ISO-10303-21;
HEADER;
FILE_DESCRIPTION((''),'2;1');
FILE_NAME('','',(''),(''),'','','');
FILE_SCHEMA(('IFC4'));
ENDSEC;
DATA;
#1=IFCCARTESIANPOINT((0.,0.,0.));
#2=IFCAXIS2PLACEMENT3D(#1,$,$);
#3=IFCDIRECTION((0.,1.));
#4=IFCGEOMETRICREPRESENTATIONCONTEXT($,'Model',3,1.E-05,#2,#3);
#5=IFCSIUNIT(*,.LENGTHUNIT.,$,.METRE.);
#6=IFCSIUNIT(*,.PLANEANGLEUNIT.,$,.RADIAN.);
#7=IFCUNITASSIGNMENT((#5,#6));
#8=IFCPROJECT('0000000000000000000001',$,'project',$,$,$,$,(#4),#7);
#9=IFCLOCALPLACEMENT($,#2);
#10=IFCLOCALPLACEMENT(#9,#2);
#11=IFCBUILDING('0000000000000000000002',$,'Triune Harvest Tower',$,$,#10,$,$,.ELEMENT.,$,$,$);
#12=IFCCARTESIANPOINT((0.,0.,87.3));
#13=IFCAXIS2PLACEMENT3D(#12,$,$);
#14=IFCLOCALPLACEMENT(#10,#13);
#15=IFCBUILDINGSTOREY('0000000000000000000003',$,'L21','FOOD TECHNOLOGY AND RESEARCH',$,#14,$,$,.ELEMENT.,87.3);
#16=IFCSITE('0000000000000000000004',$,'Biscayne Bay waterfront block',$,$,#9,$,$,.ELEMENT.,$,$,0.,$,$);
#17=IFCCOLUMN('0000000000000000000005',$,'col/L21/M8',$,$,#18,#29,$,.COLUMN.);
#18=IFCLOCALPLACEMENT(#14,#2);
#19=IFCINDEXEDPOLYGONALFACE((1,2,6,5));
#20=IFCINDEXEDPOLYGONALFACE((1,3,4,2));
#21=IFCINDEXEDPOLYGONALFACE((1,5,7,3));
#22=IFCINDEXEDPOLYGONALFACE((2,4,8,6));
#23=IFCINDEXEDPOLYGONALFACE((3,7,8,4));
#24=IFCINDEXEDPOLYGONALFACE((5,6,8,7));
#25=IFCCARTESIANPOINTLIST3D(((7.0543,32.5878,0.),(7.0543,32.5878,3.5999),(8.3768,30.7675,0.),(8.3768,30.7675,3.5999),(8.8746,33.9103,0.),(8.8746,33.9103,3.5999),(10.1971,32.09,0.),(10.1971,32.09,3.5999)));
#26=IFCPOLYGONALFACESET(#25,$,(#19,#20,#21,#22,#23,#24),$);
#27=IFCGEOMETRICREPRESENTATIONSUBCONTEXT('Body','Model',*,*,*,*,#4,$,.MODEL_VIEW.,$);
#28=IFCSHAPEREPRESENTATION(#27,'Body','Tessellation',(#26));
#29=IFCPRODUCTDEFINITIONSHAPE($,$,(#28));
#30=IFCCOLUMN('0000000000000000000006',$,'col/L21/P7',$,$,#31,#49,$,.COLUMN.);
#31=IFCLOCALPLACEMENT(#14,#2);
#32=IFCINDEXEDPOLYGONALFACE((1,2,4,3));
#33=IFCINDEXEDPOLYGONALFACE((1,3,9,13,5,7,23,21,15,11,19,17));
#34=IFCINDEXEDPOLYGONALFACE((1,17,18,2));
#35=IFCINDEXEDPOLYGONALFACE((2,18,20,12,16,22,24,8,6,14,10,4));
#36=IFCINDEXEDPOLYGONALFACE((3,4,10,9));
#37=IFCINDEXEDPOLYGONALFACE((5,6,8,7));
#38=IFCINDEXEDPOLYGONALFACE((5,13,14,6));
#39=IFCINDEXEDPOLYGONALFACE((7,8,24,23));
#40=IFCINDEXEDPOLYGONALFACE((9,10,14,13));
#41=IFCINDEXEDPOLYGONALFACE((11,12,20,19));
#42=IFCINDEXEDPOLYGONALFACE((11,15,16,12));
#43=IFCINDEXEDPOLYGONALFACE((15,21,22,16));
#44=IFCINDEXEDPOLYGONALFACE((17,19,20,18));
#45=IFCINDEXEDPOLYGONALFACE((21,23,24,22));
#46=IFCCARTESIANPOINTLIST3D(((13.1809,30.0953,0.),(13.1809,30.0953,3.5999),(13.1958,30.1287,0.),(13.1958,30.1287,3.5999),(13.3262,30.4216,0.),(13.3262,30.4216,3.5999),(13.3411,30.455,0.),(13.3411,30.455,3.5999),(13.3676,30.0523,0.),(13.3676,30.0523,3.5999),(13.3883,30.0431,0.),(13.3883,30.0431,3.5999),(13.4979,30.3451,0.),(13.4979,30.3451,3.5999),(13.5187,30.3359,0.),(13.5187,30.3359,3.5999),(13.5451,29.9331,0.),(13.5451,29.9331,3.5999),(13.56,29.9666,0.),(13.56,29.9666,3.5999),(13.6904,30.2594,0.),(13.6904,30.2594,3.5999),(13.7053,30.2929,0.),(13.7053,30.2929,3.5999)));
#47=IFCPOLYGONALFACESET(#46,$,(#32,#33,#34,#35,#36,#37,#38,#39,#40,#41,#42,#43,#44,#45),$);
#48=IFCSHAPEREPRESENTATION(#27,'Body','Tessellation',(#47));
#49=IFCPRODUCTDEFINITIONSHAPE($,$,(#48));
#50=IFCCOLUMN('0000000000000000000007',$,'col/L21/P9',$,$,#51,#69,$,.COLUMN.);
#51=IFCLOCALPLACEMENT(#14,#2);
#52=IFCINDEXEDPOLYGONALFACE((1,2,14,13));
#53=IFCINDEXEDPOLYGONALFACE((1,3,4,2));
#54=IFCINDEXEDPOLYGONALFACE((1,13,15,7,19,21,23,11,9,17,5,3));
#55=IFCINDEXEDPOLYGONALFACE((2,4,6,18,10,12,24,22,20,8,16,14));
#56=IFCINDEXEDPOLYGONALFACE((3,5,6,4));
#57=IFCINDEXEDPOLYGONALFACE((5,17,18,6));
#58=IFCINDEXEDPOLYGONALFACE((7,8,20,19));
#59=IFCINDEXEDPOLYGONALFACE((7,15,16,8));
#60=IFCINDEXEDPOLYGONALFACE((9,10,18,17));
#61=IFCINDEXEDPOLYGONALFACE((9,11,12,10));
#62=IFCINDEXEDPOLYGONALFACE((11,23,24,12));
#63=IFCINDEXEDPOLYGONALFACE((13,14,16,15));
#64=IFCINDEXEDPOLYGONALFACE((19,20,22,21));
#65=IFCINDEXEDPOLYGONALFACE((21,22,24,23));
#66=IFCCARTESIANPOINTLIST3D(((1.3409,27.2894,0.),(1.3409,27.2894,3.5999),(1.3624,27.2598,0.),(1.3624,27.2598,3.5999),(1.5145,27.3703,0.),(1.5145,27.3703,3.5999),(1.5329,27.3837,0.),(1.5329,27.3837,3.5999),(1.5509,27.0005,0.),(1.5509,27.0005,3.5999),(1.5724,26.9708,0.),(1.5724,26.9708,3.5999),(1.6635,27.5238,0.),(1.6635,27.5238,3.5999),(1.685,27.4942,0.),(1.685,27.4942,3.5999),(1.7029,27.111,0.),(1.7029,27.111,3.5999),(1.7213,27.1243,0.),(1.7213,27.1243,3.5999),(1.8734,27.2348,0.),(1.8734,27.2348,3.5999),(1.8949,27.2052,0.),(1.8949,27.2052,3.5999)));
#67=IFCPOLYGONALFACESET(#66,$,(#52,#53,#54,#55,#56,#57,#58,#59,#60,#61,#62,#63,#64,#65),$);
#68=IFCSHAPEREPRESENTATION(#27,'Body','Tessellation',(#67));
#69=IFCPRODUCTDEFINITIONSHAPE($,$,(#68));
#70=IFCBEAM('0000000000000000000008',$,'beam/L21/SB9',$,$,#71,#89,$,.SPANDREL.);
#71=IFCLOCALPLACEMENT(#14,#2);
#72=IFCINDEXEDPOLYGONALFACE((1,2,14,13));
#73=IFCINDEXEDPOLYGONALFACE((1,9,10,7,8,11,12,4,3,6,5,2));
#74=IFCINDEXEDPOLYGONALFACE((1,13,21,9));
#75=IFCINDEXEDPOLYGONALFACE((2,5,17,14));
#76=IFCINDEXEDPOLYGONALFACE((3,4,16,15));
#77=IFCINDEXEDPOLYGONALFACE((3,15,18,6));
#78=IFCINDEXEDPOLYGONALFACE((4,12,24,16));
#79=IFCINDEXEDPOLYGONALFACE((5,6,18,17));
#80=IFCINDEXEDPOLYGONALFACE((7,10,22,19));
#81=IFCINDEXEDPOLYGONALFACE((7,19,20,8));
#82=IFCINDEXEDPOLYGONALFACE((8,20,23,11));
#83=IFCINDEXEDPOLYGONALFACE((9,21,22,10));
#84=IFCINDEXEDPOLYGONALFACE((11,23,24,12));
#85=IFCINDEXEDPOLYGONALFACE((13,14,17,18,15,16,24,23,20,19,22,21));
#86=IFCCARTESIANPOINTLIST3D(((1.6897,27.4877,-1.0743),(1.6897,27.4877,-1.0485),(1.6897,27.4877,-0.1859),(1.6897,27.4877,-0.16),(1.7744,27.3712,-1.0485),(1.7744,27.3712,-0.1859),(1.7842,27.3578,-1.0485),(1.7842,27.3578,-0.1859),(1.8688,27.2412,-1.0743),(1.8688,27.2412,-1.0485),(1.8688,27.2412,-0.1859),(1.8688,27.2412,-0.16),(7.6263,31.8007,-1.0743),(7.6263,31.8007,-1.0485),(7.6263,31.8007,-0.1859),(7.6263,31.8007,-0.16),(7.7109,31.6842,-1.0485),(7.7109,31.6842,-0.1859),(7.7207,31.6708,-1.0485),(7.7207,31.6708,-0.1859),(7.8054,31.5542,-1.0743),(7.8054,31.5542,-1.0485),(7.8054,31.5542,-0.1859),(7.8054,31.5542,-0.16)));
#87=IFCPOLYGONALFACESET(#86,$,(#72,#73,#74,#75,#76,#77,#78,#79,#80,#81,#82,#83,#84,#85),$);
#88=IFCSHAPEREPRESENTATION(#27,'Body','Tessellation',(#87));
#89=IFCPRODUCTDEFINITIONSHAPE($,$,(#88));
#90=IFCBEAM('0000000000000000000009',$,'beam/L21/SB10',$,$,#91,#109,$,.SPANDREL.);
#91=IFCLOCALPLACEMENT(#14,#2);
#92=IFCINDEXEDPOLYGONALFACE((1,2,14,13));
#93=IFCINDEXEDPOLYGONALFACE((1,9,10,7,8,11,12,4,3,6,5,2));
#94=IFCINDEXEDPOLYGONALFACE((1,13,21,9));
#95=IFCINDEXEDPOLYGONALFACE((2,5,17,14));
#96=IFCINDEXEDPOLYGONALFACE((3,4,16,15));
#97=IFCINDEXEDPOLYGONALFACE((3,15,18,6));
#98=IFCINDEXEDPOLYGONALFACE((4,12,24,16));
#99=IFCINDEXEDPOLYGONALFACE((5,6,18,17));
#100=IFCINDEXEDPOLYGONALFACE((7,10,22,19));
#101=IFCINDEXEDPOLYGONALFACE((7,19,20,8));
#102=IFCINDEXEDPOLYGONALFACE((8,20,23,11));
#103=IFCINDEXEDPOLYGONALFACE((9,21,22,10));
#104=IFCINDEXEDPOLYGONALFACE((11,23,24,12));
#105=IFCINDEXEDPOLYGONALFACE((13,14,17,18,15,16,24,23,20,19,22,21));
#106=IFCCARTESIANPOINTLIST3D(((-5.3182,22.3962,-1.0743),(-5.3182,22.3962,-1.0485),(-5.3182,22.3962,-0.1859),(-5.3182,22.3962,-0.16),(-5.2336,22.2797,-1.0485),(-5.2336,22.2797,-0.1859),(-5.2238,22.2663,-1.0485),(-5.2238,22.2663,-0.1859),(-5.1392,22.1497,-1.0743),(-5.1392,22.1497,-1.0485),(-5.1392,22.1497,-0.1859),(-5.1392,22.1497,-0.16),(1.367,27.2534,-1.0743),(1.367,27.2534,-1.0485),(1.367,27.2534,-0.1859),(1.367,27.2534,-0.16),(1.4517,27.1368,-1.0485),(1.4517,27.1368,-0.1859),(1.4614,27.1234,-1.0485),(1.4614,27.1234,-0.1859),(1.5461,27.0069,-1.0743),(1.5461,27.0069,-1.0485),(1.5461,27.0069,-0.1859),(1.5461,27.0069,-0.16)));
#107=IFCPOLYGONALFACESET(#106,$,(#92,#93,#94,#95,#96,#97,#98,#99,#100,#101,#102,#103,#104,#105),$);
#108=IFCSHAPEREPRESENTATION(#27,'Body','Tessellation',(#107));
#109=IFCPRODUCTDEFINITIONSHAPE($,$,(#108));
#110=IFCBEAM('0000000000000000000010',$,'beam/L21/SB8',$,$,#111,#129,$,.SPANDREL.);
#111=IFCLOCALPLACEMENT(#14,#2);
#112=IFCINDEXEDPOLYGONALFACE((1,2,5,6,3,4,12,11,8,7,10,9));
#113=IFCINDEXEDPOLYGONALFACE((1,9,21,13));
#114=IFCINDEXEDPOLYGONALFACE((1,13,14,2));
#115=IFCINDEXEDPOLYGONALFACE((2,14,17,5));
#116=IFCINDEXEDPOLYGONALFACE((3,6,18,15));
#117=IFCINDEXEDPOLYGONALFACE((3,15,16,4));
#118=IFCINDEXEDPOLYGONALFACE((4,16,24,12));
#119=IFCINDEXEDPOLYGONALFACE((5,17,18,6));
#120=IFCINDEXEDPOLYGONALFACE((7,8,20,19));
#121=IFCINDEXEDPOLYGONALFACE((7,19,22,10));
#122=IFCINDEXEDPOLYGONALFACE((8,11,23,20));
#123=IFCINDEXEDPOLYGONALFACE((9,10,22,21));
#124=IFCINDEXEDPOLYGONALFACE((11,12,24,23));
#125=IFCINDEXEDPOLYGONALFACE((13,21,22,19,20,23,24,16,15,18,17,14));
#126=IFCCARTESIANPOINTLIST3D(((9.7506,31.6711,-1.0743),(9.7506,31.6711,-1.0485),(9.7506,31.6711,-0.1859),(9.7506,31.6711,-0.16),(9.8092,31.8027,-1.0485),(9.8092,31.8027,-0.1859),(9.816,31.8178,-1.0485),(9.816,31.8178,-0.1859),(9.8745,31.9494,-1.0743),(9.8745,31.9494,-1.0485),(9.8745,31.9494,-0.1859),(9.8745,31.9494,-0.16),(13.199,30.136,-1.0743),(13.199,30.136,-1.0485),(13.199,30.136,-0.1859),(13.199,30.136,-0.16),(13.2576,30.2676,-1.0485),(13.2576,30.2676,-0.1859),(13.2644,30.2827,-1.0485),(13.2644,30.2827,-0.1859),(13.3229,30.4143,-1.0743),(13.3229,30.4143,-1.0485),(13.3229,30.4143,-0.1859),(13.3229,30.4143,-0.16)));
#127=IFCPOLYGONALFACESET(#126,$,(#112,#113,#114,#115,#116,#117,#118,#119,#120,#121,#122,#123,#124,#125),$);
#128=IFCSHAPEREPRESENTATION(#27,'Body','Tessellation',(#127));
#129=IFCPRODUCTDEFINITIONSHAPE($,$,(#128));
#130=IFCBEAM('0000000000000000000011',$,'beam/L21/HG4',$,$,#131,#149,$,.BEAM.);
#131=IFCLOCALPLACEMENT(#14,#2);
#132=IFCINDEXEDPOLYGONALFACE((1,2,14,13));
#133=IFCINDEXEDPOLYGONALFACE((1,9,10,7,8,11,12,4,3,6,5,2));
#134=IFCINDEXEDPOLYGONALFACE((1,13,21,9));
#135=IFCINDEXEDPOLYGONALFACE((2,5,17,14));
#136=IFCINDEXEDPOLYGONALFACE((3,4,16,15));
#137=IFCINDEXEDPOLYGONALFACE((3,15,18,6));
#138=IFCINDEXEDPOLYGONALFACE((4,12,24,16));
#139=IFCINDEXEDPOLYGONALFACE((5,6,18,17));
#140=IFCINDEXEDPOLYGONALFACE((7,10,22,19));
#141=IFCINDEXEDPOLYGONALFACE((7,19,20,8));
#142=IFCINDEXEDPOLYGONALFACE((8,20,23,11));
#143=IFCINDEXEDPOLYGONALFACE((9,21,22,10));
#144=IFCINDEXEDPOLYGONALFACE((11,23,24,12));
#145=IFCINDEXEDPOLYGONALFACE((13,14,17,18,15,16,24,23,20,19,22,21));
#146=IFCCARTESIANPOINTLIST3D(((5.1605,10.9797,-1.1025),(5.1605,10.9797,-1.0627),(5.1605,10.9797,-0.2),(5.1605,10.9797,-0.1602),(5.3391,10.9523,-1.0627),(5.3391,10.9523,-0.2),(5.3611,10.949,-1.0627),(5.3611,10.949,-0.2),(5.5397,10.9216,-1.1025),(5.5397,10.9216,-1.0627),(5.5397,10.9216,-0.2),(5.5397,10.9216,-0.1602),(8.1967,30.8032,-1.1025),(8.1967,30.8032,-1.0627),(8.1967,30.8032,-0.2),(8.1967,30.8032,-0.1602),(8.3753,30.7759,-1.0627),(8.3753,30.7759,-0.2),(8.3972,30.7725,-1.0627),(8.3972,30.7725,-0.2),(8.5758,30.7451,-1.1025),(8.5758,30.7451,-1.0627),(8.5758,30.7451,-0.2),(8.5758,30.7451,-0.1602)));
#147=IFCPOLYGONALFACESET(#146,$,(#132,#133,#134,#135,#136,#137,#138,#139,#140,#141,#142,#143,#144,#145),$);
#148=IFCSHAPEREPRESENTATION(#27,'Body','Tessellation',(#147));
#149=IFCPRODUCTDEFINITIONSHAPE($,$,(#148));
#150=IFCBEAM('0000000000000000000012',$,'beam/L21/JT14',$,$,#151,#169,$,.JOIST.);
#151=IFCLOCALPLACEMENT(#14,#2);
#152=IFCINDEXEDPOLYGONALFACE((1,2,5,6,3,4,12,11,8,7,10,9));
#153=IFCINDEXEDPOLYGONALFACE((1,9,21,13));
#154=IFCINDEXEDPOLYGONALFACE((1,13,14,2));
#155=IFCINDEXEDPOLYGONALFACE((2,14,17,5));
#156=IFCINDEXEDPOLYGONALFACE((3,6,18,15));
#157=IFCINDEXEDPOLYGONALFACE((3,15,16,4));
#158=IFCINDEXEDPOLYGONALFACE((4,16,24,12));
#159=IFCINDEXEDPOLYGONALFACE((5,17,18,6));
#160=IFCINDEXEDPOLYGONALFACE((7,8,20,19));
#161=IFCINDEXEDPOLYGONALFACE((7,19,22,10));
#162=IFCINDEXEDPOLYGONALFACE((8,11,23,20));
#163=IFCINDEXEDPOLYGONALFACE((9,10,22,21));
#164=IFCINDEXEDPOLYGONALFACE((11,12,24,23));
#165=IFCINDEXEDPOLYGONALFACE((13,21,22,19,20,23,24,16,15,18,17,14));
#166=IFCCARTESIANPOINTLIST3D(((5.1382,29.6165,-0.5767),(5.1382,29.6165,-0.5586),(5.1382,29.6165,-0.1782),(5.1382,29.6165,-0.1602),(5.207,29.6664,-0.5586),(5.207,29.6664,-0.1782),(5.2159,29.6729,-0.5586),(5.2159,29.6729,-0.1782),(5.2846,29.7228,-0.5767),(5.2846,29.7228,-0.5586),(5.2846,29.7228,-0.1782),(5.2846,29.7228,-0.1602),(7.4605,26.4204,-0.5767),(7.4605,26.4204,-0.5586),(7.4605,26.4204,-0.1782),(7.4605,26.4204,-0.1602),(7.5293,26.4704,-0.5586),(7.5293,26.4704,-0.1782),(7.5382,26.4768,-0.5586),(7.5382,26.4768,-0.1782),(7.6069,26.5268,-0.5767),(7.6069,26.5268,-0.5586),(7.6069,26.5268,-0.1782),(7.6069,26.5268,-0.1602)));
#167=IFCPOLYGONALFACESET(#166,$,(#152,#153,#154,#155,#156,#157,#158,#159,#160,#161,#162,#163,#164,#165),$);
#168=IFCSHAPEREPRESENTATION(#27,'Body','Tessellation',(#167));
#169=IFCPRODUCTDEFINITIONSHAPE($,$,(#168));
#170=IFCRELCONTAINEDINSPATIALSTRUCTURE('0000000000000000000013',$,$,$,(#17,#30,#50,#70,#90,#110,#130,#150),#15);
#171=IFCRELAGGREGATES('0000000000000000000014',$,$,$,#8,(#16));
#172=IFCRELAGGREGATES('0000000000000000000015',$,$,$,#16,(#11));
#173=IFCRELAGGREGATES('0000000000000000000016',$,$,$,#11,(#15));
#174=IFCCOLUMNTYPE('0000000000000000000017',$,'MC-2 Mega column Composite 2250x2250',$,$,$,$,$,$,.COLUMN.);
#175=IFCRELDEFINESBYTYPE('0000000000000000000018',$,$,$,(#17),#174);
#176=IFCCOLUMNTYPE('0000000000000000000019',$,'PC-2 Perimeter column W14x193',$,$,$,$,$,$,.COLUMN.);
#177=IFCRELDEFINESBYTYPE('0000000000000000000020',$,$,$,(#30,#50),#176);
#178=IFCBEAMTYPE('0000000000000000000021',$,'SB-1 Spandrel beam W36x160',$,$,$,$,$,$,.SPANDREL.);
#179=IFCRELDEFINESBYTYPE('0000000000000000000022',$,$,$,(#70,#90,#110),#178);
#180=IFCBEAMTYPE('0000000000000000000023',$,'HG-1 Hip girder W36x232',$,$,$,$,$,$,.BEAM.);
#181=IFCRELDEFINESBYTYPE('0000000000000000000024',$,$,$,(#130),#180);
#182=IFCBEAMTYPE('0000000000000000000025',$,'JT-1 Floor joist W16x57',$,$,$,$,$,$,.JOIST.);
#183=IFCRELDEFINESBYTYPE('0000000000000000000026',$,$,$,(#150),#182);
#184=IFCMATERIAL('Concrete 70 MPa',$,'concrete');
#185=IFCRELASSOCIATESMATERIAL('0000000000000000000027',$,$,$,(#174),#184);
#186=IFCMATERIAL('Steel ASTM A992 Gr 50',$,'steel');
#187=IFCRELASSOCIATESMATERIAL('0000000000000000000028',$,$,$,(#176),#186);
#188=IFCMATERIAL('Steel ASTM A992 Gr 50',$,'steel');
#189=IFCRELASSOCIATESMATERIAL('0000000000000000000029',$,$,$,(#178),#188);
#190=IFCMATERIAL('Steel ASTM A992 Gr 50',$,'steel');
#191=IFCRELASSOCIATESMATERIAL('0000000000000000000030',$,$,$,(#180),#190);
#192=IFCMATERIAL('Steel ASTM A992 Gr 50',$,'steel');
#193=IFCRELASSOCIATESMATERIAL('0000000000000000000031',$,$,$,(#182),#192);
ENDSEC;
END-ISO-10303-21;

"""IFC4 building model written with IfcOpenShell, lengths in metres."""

from ifc_helpers import new_model, si_unit, direction, frame, origin, origin_2d, place, context, subcontext, project, spatial, rectangle, i_section, extrude, source, transform, mapped, material, material_profile, profile_set, type_object, element, save


model = new_model("IFC4")

# Units and contexts
model_context = context("Model", 3, precision=1e-05, world=origin(), true_north=direction((0.0, 1.0)))
body_context = subcontext(model_context, "Body", "Model", "MODEL_VIEW")
ifc_project = project(units=[si_unit("LENGTHUNIT", "METRE"), si_unit("PLANEANGLEUNIT", "RADIAN")], contexts=[model_context])

# Site, building, storey
site_placement = place(None, origin())
site = spatial("IfcSite", under=ifc_project, at=site_placement, Name="Biscayne Bay waterfront block", CompositionType="ELEMENT", RefElevation=0.0)
building_placement = place(site_placement, origin())
building = spatial("IfcBuilding", under=site, at=building_placement, Name="Triune Harvest Tower", CompositionType="ELEMENT")
storey_placement = place(building_placement, frame((0.0, 0.0, 87.3)))
storey = spatial("IfcBuildingStorey", under=building, at=storey_placement, Name="L21", Description="FOOD TECHNOLOGY AND RESEARCH", CompositionType="ELEMENT", Elevation=87.3)

# Columns
ifc_material_1 = material(Name="Concrete 70 MPa", Category="concrete")
ifc_material_profile_1 = material_profile(ifc_material_1, rectangle(XDim=2.25, YDim=2.25, at=origin_2d()), Name="Composite 2250x2250")
ifc_profile_set_1 = profile_set([ifc_material_profile_1], Name="Concrete 70 MPa")
column_type_1 = type_object("IfcColumnType", Name="MC-2 Mega column Composite 2250x2250", PredefinedType="COLUMN", material=ifc_profile_set_1)
shared_shape_1 = source(origin(), body_context, "Body", "SweptSolid", [
    extrude(rectangle(XDim=2.25, YDim=2.25, at=origin_2d()), origin(), (0.0, 0.0, 1.0), 3.5999),
])
column_placement = place(storey_placement, frame((8.6257, 32.3389, 0.0), z_axis=(0.0, 0.0, 1.0), x_axis=(-0.809017, -0.587785, 0.0)))
element("IfcColumn", 1, at=column_placement, inside=storey, type_object=column_type_1, Name="col/L21/M8", PredefinedType="COLUMN", context=body_context, shape_type="MappedRepresentation", body=[
    mapped(shared_shape_1, transform((0.0, 0.0, 0.0), scale=1.0)),
])
ifc_material_2 = material(Name="Steel ASTM A992 Gr 50", Category="steel")
ifc_material_profile_2 = material_profile(ifc_material_2, i_section(OverallWidth=0.3987, OverallDepth=0.3938, WebThickness=0.0227, FlangeThickness=0.0366, at=origin_2d()), Name="W14x193")
ifc_profile_set_2 = profile_set([ifc_material_profile_2], Name="Steel ASTM A992 Gr 50")
column_type_2 = type_object("IfcColumnType", Name="PC-2 Perimeter column W14x193", PredefinedType="COLUMN", material=ifc_profile_set_2)
shared_shape_2 = source(origin(), body_context, "Body", "SweptSolid", [
    extrude(i_section(OverallWidth=0.3987, OverallDepth=0.3938, WebThickness=0.0227, FlangeThickness=0.0366, at=origin_2d()), origin(), (0.0, 0.0, 1.0), 3.5999),
])
for number, where, z_axis, x_axis, name in (
    (2, (13.4431, 30.1941, 0.0), (0.0, 0.0, 1.0), (-0.913547, 0.406733, 0.0), "col/L21/P7"),
    (3, (1.6179, 27.2473, 0.0), (0.0, 0.0, 1.0), (-0.809017, -0.587785, 0.0), "col/L21/P9"),
):
    element("IfcColumn", number, at=place(storey_placement, frame(where, z_axis=z_axis, x_axis=x_axis)), inside=storey, type_object=column_type_2, Name=name, PredefinedType="COLUMN", context=body_context, shape_type="MappedRepresentation", body=[
        mapped(shared_shape_2, transform((0.0, 0.0, 0.0), scale=1.0)),
    ])

# Beams
ifc_material_3 = material(Name="Steel ASTM A992 Gr 50", Category="steel")
ifc_material_profile_3 = material_profile(ifc_material_3, i_section(OverallWidth=0.3047, OverallDepth=0.9143, WebThickness=0.0166, FlangeThickness=0.0259, at=origin_2d()), Name="W36x160")
ifc_profile_set_3 = profile_set([ifc_material_profile_3], Name="Steel ASTM A992 Gr 50")
beam_type_1 = type_object("IfcBeamType", Name="SB-1 Spandrel beam W36x160", PredefinedType="SPANDREL", material=ifc_profile_set_3)
shared_shape_3 = source(origin(), body_context, "Body", "SweptSolid", [
    extrude(i_section(OverallWidth=0.3047, OverallDepth=0.9143, WebThickness=0.0166, FlangeThickness=0.0259, at=origin_2d()), origin(), (0.0, 0.0, 1.0), 7.3379),
])
beam_1_placement = place(storey_placement, frame((7.7158, 31.6775, -0.6172), z_axis=(-0.809027, -0.587772, 0.0), x_axis=(0.587772, -0.809027, 0.0)))
element("IfcBeam", 4, at=beam_1_placement, inside=storey, type_object=beam_type_1, Name="beam/L21/SB9", PredefinedType="SPANDREL", context=body_context, shape_type="MappedRepresentation", body=[
    mapped(shared_shape_3, transform((0.0, 0.0, 0.0), scale=1.0)),
])
shared_shape_4 = source(origin(), body_context, "Body", "SweptSolid", [
    extrude(i_section(OverallWidth=0.3047, OverallDepth=0.9143, WebThickness=0.0166, FlangeThickness=0.0259, at=origin_2d()), origin(), (0.0, 0.0, 1.0), 8.2634),
])
beam_2_placement = place(storey_placement, frame((1.4565, 27.1301, -0.6172), z_axis=(-0.809016, -0.587787, 0.0), x_axis=(0.587787, -0.809016, 0.0)))
element("IfcBeam", 5, at=beam_2_placement, inside=storey, type_object=beam_type_1, Name="beam/L21/SB10", PredefinedType="SPANDREL", context=body_context, shape_type="MappedRepresentation", body=[
    mapped(shared_shape_4, transform((0.0, 0.0, 0.0), scale=1.0)),
])
shared_shape_5 = source(origin(), body_context, "Body", "SweptSolid", [
    extrude(i_section(OverallWidth=0.3047, OverallDepth=0.9143, WebThickness=0.0166, FlangeThickness=0.0259, at=origin_2d()), origin(), (0.0, 0.0, 1.0), 3.7747),
])
beam_3_placement = place(storey_placement, frame((13.261, 30.2751, -0.6172), z_axis=(-0.913566, 0.40669, 0.0), x_axis=(-0.40669, -0.913566, 0.0)))
element("IfcBeam", 6, at=beam_3_placement, inside=storey, type_object=beam_type_1, Name="beam/L21/SB8", PredefinedType="SPANDREL", context=body_context, shape_type="MappedRepresentation", body=[
    mapped(shared_shape_5, transform((0.0, 0.0, 0.0), scale=1.0)),
])
ifc_material_4 = material(Name="Steel ASTM A992 Gr 50", Category="steel")
ifc_material_profile_4 = material_profile(ifc_material_4, i_section(OverallWidth=0.3835, OverallDepth=0.9424, WebThickness=0.0222, FlangeThickness=0.0398, at=origin_2d()), Name="W36x232")
ifc_profile_set_4 = profile_set([ifc_material_profile_4], Name="Steel ASTM A992 Gr 50")
beam_type_2 = type_object("IfcBeamType", Name="HG-1 Hip girder W36x232", PredefinedType="BEAM", material=ifc_profile_set_4)
shared_shape_6 = source(origin(), body_context, "Body", "SweptSolid", [
    extrude(i_section(OverallWidth=0.3835, OverallDepth=0.9424, WebThickness=0.0222, FlangeThickness=0.0398, at=origin_2d()), origin(), (0.0, 0.0, 1.0), 20.0547),
])
beam_4_placement = place(storey_placement, frame((8.3862, 30.7742, -0.6313), z_axis=(-0.151393, -0.988474, 0.0), x_axis=(0.988474, -0.151393, 0.0)))
element("IfcBeam", 7, at=beam_4_placement, inside=storey, type_object=beam_type_2, Name="beam/L21/HG4", PredefinedType="BEAM", context=body_context, shape_type="MappedRepresentation", body=[
    mapped(shared_shape_6, transform((0.0, 0.0, 0.0), scale=1.0)),
])
ifc_material_5 = material(Name="Steel ASTM A992 Gr 50", Category="steel")
ifc_material_profile_5 = material_profile(ifc_material_5, i_section(OverallWidth=0.1809, OverallDepth=0.4165, WebThickness=0.011, FlangeThickness=0.0181, at=origin_2d()), Name="W16x57")
ifc_profile_set_5 = profile_set([ifc_material_profile_5], Name="Steel ASTM A992 Gr 50")
beam_type_3 = type_object("IfcBeamType", Name="JT-1 Floor joist W16x57", PredefinedType="JOIST", material=ifc_profile_set_5)
shared_shape_7 = source(origin(), body_context, "Body", "SweptSolid", [
    extrude(i_section(OverallWidth=0.1809, OverallDepth=0.4165, WebThickness=0.011, FlangeThickness=0.0181, at=origin_2d()), origin(), (0.0, 0.0, 1.0), 3.9507),
])
beam_5_placement = place(storey_placement, frame((5.2114, 29.6697, -0.3684), z_axis=(0.587819, -0.808993, 0.0), x_axis=(0.808993, 0.587819, 0.0)))
element("IfcBeam", 8, at=beam_5_placement, inside=storey, type_object=beam_type_3, Name="beam/L21/JT14", PredefinedType="JOIST", context=body_context, shape_type="MappedRepresentation", body=[
    mapped(shared_shape_7, transform((0.0, 0.0, 0.0), scale=1.0)),
])

save(model, "model.ifc")
